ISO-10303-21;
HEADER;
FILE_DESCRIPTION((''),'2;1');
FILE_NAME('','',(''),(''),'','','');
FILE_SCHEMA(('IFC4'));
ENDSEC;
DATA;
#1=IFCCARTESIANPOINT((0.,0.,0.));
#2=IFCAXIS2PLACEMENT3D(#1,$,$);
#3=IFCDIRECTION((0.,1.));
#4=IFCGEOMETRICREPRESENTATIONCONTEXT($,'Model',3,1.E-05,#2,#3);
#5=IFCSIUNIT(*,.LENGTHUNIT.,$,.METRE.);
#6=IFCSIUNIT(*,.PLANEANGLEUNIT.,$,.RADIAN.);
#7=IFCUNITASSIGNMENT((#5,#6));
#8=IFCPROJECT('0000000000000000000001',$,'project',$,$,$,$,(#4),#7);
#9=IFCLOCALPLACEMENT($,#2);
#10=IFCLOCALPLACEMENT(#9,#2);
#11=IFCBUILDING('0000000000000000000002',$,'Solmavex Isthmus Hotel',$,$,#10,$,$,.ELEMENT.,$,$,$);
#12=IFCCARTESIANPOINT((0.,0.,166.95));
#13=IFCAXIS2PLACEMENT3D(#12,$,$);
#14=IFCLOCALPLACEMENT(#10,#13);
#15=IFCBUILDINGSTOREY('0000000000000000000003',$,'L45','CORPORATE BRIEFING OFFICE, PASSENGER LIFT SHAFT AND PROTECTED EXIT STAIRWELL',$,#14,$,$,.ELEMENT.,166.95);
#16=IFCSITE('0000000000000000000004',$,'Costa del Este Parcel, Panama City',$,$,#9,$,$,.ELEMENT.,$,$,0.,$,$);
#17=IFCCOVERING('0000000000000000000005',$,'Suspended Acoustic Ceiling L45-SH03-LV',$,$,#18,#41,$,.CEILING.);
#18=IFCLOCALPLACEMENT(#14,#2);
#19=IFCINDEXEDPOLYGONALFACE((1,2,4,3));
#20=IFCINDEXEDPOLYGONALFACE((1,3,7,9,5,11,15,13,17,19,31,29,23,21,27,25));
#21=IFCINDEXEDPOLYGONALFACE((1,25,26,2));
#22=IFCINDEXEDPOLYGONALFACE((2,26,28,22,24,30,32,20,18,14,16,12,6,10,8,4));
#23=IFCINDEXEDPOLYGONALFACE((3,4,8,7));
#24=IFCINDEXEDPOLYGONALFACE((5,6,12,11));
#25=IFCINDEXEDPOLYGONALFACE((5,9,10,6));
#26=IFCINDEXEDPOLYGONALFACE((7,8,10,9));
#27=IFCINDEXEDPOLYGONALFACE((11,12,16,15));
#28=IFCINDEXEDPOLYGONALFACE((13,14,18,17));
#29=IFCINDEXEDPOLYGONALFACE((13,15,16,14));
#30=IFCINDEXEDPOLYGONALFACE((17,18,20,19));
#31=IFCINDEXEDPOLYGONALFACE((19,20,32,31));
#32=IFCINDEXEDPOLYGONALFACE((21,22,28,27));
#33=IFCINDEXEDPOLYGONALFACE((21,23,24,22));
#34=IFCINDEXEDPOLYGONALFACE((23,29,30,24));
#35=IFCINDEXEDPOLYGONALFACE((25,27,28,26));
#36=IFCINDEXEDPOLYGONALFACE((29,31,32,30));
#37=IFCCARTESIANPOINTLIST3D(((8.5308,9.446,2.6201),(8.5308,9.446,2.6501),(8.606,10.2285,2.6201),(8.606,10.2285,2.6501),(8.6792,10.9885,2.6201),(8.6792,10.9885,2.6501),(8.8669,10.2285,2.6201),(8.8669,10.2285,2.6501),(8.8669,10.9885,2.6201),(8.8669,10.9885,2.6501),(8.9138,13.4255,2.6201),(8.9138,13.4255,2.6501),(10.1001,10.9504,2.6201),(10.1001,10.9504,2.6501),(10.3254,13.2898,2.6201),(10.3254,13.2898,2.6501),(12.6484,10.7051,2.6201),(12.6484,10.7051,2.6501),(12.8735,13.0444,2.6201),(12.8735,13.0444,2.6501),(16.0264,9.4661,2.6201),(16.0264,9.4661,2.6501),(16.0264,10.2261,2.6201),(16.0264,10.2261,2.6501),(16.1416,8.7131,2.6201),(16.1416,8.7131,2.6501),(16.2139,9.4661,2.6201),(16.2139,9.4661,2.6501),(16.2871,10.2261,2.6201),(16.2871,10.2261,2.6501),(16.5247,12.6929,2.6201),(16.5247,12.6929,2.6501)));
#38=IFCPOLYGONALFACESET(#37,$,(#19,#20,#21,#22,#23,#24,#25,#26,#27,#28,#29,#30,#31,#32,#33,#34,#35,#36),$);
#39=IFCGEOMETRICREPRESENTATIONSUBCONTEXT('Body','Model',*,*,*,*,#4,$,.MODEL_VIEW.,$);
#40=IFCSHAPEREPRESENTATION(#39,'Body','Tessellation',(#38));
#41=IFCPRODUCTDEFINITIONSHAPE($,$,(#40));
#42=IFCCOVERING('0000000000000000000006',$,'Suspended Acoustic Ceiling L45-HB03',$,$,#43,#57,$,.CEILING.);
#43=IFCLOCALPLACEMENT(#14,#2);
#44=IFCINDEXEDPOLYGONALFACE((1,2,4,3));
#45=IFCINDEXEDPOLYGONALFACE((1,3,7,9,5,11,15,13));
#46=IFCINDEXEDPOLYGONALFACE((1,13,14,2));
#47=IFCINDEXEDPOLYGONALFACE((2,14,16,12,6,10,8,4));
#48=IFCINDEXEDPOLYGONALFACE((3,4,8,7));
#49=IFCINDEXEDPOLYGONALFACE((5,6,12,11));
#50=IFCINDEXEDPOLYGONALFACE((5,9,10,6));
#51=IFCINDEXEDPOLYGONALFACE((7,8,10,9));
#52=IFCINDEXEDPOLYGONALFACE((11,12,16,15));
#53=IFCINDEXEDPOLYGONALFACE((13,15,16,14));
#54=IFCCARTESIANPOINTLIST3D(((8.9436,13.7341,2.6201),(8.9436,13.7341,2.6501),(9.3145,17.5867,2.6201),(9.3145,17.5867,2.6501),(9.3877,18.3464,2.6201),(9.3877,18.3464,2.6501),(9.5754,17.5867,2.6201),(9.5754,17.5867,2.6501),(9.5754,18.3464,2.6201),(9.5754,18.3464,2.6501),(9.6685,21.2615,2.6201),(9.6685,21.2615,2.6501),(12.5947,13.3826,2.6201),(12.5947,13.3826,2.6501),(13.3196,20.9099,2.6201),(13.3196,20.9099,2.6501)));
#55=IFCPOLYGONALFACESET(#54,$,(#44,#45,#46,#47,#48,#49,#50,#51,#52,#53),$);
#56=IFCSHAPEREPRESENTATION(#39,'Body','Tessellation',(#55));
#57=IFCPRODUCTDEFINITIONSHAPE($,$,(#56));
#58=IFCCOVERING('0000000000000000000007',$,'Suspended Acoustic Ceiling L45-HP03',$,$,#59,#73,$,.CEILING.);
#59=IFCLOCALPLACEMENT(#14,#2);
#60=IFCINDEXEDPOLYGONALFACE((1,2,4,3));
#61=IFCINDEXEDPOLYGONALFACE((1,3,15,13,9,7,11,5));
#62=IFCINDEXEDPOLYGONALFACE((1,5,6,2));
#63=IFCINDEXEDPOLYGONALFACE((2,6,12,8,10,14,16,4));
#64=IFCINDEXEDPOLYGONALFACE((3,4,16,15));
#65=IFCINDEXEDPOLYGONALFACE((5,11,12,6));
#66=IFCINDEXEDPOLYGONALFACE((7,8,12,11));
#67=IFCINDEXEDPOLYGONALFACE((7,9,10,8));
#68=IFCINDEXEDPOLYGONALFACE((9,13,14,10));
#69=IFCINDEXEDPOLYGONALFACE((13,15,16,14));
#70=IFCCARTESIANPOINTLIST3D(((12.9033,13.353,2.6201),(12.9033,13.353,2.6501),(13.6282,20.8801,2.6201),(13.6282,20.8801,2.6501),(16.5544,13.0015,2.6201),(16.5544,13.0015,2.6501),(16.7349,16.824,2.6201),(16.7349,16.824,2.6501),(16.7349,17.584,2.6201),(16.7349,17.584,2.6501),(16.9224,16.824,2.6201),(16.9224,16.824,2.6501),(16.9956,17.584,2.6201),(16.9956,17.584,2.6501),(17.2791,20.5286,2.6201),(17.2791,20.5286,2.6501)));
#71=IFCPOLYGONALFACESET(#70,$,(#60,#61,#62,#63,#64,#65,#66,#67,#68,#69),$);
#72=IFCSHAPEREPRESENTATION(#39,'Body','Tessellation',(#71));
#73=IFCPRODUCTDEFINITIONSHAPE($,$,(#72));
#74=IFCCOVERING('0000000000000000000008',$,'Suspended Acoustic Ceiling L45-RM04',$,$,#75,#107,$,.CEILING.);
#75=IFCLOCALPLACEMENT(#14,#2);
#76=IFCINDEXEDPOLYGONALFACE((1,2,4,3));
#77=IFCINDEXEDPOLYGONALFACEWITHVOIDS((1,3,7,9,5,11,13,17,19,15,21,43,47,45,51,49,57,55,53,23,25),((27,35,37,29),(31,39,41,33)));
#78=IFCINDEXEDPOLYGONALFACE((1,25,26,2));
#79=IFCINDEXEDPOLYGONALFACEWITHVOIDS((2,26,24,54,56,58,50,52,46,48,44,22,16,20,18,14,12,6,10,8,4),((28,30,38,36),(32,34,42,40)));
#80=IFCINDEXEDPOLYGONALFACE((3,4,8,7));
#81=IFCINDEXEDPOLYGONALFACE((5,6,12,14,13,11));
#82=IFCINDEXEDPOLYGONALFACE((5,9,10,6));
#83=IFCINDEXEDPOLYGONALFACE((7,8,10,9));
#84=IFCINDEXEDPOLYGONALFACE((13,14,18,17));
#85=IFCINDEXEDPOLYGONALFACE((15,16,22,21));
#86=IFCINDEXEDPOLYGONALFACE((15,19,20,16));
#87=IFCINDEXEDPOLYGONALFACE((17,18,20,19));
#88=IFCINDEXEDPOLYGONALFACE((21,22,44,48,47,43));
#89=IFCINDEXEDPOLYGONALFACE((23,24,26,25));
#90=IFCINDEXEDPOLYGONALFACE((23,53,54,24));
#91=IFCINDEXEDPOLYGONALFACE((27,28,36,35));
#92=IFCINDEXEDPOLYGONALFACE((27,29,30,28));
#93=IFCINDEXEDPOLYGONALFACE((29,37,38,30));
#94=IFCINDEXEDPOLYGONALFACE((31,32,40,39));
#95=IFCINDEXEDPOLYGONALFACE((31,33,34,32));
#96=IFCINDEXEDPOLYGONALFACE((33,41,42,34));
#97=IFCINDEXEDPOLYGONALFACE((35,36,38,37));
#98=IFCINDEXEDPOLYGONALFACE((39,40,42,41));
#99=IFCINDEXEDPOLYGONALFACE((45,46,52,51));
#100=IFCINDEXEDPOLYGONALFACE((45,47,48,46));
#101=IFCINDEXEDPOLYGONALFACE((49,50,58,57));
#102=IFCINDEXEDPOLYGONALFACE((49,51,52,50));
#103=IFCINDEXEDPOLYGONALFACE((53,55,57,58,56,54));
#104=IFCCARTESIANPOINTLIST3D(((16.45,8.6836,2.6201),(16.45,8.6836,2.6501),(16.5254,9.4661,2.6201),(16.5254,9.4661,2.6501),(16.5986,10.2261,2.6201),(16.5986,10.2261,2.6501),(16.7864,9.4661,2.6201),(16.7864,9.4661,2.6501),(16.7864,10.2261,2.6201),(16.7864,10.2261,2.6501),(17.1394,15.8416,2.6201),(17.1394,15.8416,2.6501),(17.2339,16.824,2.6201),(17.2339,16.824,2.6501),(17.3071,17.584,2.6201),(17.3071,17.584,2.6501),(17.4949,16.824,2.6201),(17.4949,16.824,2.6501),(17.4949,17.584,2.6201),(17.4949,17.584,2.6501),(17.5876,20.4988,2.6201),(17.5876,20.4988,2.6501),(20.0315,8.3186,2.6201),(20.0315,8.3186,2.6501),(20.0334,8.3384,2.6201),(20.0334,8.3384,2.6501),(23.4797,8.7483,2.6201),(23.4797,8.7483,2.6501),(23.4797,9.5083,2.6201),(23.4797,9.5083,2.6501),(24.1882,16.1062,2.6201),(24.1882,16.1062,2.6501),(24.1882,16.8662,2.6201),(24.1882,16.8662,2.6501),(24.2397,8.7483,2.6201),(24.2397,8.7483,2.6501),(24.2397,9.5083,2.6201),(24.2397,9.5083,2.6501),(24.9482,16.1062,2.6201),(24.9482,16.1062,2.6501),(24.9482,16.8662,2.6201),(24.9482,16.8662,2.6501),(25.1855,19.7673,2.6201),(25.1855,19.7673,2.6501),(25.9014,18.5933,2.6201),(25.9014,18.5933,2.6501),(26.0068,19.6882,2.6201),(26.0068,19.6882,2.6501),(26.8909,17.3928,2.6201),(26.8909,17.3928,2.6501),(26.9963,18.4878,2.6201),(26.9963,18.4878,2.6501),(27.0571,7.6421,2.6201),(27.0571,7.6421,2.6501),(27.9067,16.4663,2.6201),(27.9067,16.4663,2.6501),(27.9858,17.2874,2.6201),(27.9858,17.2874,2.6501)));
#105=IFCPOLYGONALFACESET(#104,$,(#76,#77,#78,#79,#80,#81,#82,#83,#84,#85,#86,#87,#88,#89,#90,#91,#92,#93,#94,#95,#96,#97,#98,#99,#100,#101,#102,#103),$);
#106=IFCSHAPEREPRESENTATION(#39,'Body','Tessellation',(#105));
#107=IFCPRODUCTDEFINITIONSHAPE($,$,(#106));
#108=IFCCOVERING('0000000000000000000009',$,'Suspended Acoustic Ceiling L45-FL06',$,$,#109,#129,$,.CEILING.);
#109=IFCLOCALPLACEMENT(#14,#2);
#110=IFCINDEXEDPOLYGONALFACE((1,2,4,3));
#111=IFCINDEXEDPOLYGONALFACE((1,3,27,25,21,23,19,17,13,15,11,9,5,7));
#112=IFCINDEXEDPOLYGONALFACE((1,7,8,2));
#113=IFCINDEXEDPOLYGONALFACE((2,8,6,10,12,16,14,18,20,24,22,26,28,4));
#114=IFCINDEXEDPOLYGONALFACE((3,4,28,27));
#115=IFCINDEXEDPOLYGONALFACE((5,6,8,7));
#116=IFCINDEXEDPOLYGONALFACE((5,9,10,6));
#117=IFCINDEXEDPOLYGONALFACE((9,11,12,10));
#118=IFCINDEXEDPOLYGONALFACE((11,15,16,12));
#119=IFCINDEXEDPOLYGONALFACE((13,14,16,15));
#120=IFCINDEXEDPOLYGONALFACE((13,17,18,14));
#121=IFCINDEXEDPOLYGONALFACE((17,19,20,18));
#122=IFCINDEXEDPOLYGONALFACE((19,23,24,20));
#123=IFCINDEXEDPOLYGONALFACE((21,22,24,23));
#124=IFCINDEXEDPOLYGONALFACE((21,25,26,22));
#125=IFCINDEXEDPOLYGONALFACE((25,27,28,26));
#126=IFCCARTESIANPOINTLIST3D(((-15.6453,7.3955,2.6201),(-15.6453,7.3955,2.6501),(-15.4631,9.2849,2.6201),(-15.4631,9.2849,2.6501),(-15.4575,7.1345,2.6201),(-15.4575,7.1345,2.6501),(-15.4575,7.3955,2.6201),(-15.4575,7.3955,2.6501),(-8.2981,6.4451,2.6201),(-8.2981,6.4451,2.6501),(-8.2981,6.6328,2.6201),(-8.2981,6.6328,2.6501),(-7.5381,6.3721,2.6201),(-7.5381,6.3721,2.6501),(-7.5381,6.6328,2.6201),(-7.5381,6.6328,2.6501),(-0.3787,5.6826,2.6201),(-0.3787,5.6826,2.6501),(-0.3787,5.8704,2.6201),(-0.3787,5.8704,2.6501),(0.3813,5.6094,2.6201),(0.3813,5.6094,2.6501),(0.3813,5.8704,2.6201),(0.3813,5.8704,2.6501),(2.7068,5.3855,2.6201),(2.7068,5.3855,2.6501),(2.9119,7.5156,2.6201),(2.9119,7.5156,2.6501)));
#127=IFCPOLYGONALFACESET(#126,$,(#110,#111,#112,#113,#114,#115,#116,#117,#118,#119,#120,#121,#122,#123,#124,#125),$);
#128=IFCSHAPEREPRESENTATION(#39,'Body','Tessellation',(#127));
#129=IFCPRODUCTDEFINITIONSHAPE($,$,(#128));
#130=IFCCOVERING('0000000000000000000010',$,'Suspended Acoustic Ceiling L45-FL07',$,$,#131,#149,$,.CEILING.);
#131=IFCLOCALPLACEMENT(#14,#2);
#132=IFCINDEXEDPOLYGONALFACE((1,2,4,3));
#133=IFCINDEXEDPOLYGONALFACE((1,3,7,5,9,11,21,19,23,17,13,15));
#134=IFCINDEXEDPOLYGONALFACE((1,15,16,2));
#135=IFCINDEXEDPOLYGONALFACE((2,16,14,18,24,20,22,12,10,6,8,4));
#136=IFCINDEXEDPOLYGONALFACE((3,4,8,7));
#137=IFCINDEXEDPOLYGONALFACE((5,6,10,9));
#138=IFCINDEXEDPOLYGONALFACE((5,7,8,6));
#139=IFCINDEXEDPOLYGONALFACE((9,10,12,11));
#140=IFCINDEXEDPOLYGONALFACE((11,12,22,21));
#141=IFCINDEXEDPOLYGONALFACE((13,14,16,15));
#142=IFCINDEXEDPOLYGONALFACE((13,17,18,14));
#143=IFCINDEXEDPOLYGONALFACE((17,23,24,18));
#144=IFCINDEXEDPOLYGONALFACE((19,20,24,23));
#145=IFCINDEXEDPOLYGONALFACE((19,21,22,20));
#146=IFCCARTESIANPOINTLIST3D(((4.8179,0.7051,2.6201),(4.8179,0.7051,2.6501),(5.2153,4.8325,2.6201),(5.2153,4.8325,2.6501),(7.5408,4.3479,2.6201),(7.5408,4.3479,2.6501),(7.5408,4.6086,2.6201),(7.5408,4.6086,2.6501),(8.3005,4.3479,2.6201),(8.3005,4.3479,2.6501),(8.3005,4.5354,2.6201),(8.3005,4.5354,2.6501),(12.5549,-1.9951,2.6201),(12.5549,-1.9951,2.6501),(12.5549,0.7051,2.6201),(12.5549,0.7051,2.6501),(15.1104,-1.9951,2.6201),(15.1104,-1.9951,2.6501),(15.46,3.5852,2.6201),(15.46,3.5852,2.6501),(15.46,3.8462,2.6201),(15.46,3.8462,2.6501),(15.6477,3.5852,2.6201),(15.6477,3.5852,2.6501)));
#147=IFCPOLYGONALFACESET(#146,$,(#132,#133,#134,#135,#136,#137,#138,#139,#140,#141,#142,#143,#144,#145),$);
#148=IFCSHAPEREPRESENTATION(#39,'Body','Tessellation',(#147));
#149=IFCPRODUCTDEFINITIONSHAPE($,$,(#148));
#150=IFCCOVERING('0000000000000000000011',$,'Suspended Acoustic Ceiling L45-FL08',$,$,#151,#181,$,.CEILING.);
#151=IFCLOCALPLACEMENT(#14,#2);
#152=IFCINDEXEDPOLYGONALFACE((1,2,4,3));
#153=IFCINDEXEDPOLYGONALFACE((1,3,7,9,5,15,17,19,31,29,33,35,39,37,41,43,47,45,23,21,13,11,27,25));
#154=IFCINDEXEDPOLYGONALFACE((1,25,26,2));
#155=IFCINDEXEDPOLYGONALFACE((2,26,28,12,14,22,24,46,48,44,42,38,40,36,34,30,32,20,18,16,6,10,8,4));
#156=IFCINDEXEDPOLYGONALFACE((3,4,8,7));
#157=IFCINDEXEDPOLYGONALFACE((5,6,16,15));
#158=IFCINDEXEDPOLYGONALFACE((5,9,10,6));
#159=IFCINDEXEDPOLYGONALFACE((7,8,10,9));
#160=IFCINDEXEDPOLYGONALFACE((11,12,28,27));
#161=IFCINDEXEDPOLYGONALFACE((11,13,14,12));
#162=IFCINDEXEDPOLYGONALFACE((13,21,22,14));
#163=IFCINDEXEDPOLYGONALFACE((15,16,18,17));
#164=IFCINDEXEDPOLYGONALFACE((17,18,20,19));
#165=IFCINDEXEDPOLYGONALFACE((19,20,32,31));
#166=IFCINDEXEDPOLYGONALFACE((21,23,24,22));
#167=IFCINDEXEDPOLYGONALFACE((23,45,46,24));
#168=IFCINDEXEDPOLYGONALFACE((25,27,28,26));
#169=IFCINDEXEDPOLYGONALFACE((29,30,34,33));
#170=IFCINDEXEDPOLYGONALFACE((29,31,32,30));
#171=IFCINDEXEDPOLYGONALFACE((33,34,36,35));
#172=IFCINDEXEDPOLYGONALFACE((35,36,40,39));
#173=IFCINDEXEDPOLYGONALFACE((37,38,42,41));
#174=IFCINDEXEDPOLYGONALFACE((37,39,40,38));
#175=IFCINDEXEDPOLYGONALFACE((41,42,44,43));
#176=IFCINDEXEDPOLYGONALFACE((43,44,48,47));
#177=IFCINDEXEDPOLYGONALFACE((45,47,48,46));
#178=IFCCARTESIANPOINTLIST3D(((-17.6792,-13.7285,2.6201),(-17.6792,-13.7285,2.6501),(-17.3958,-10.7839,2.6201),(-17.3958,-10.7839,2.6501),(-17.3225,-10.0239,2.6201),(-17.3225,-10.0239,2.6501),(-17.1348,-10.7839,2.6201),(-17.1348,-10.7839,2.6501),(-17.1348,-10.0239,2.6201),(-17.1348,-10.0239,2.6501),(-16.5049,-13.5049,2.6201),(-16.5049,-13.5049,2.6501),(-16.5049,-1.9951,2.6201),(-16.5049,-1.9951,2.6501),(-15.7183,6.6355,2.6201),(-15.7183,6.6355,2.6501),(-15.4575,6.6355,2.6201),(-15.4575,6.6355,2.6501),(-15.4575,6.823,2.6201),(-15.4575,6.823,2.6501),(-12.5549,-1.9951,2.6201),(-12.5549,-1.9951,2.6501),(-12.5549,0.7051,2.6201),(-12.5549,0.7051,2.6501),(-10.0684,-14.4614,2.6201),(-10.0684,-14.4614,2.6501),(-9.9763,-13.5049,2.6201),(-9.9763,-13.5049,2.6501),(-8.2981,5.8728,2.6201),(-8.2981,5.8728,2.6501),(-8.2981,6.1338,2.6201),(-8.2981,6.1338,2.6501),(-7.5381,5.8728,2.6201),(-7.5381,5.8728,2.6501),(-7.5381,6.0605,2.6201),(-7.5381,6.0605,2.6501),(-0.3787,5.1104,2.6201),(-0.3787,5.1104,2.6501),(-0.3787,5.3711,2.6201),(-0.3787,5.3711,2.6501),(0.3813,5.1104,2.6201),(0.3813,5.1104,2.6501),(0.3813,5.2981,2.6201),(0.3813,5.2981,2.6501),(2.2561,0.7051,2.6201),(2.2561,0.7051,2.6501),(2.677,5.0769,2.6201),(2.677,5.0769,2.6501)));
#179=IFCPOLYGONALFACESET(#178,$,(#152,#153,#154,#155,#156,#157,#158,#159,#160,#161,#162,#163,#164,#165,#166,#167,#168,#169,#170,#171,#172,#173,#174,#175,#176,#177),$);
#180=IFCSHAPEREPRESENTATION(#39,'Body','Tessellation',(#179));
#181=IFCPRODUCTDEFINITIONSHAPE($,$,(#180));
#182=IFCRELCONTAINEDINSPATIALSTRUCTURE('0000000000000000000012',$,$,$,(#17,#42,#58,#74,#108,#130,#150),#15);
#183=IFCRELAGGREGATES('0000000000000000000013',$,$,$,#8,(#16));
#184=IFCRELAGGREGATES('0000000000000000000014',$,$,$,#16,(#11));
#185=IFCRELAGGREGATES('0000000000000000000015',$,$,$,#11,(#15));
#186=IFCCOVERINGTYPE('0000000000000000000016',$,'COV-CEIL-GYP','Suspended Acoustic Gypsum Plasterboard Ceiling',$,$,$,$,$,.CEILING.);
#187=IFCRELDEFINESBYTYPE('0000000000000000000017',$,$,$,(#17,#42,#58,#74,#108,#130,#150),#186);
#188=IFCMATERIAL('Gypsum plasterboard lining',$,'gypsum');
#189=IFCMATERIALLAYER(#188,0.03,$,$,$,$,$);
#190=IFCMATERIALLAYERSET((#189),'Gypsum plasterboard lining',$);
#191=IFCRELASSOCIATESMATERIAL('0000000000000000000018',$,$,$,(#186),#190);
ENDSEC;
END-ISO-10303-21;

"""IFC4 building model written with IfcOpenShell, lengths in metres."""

from ifc_helpers import new_model, si_unit, direction, frame, origin, place, context, subcontext, project, spatial, polyline, outline, extrude, material, layer, layer_set, type_object, element, save


model = new_model("IFC4")

# Units and contexts
model_context = context("Model", 3, precision=1e-05, world=origin(), true_north=direction((0.0, 1.0)))
body_context = subcontext(model_context, "Body", "Model", "MODEL_VIEW")
ifc_project = project(units=[si_unit("LENGTHUNIT", "METRE"), si_unit("PLANEANGLEUNIT", "RADIAN")], contexts=[model_context])

# Site, building, storey
site_placement = place(None, origin())
site = spatial("IfcSite", under=ifc_project, at=site_placement, Name="Costa del Este Parcel, Panama City", CompositionType="ELEMENT", RefElevation=0.0)
building_placement = place(site_placement, origin())
building = spatial("IfcBuilding", under=site, at=building_placement, Name="Solmavex Isthmus Hotel", CompositionType="ELEMENT")
storey_placement = place(building_placement, frame((0.0, 0.0, 166.95)))
storey = spatial("IfcBuildingStorey", under=building, at=storey_placement, Name="L45", Description="CORPORATE BRIEFING OFFICE, PASSENGER LIFT SHAFT AND PROTECTED EXIT STAIRWELL", CompositionType="ELEMENT", Elevation=166.95)

# Shared definitions
ifc_material_1 = material(Name="Gypsum plasterboard lining", Category="gypsum")

# Coverings
ifc_layer_1 = layer(ifc_material_1, 0.03)
ifc_layer_set_1 = layer_set([ifc_layer_1], Name="Gypsum plasterboard lining")
covering_type_1 = type_object("IfcCoveringType", Name="COV-CEIL-GYP", Description="Suspended Acoustic Gypsum Plasterboard Ceiling", PredefinedType="CEILING", material=ifc_layer_set_1)
covering_1_placement = place(storey_placement, frame((0.0, 0.0, 2.6201)))
element("IfcCovering", 1, at=covering_1_placement, inside=storey, type_object=covering_type_1, Name="Suspended Acoustic Ceiling L45-SH03-LV", PredefinedType="CEILING", context=body_context, shape_type="SweptSolid", body=[
    extrude(outline(polyline([(12.8735, 13.0444), (12.6484, 10.7051), (10.1001, 10.9504), (10.3254, 13.2898), (8.9138, 13.4255), (8.6792, 10.9885), (8.8669, 10.9885), (8.8669, 10.2285), (8.606, 10.2285), (8.5308, 9.446), (16.1416, 8.7131), (16.2139, 9.4661), (16.0264, 9.4661), (16.0264, 10.2261), (16.2871, 10.2261), (16.5247, 12.6929), (12.8735, 13.0444)])), origin(), (0.0, 0.0, 1.0), 0.03),
])
covering_2_placement = place(storey_placement, frame((0.0, 0.0, 2.6201)))
element("IfcCovering", 2, at=covering_2_placement, inside=storey, type_object=covering_type_1, Name="Suspended Acoustic Ceiling L45-HB03", PredefinedType="CEILING", context=body_context, shape_type="SweptSolid", body=[
    extrude(outline(polyline([(9.3877, 18.3464), (9.5754, 18.3464), (9.5754, 17.5867), (9.3145, 17.5867), (8.9436, 13.7341), (12.5947, 13.3826), (13.3196, 20.9099), (9.6685, 21.2615), (9.3877, 18.3464)])), origin(), (0.0, 0.0, 1.0), 0.03),
])
covering_3_placement = place(storey_placement, frame((0.0, 0.0, 2.6201)))
element("IfcCovering", 3, at=covering_3_placement, inside=storey, type_object=covering_type_1, Name="Suspended Acoustic Ceiling L45-HP03", PredefinedType="CEILING", context=body_context, shape_type="SweptSolid", body=[
    extrude(outline(polyline([(16.9224, 16.824), (16.7349, 16.824), (16.7349, 17.584), (16.9956, 17.584), (17.2791, 20.5286), (13.6282, 20.8801), (12.9033, 13.353), (16.5544, 13.0015), (16.9224, 16.824)])), origin(), (0.0, 0.0, 1.0), 0.03),
])
covering_4_placement = place(storey_placement, frame((0.0, 0.0, 2.6201)))
element("IfcCovering", 4, at=covering_4_placement, inside=storey, type_object=covering_type_1, Name="Suspended Acoustic Ceiling L45-RM04", PredefinedType="CEILING", context=body_context, shape_type="SweptSolid", body=[
    extrude(outline(polyline([(17.3071, 17.584), (17.4949, 17.584), (17.4949, 16.824), (17.2339, 16.824), (17.1394, 15.8416), (16.5986, 10.2261), (16.7864, 10.2261), (16.7864, 9.4661), (16.5254, 9.4661), (16.45, 8.6836), (20.0334, 8.3384), (20.0315, 8.3186), (27.0571, 7.6421), (27.9067, 16.4663), (27.9858, 17.2874), (26.8909, 17.3928), (26.9963, 18.4878), (25.9014, 18.5933), (26.0068, 19.6882), (25.1855, 19.7673), (17.5876, 20.4988), (17.3071, 17.584)]), holes=[polyline([(24.1882, 16.1062), (24.1882, 16.8662), (24.9482, 16.8662), (24.9482, 16.1062), (24.1882, 16.1062)]), polyline([(23.4797, 8.7483), (23.4797, 9.5083), (24.2397, 9.5083), (24.2397, 8.7483), (23.4797, 8.7483)])]), origin(), (0.0, 0.0, 1.0), 0.03),
])
covering_5_placement = place(storey_placement, frame((0.0, 0.0, 2.6201)))
element("IfcCovering", 5, at=covering_5_placement, inside=storey, type_object=covering_type_1, Name="Suspended Acoustic Ceiling L45-FL06", PredefinedType="CEILING", context=body_context, shape_type="SweptSolid", body=[
    extrude(outline(polyline([(-0.3787, 5.6826), (-0.3787, 5.8704), (0.3813, 5.8704), (0.3813, 5.6094), (2.7068, 5.3855), (2.9119, 7.5156), (-15.4631, 9.2849), (-15.6453, 7.3955), (-15.4575, 7.3955), (-15.4575, 7.1345), (-8.2981, 6.4451), (-8.2981, 6.6328), (-7.5381, 6.6328), (-7.5381, 6.3721), (-0.3787, 5.6826)])), origin(), (0.0, 0.0, 1.0), 0.03),
])
covering_6_placement = place(storey_placement, frame((0.0, 0.0, 2.6201)))
element("IfcCovering", 6, at=covering_6_placement, inside=storey, type_object=covering_type_1, Name="Suspended Acoustic Ceiling L45-FL07", PredefinedType="CEILING", context=body_context, shape_type="SweptSolid", body=[
    extrude(outline(polyline([(8.3005, 4.5354), (8.3005, 4.3479), (7.5408, 4.3479), (7.5408, 4.6086), (5.2153, 4.8325), (4.8179, 0.7051), (12.5549, 0.7051), (12.5549, -1.9951), (15.1104, -1.9951), (15.6477, 3.5852), (15.46, 3.5852), (15.46, 3.8462), (8.3005, 4.5354)])), origin(), (0.0, 0.0, 1.0), 0.03),
])
covering_7_placement = place(storey_placement, frame((0.0, 0.0, 2.6201)))
element("IfcCovering", 7, at=covering_7_placement, inside=storey, type_object=covering_type_1, Name="Suspended Acoustic Ceiling L45-FL08", PredefinedType="CEILING", context=body_context, shape_type="SweptSolid", body=[
    extrude(outline(polyline([(-17.3225, -10.0239), (-17.1348, -10.0239), (-17.1348, -10.7839), (-17.3958, -10.7839), (-17.6792, -13.7285), (-10.0684, -14.4614), (-9.9763, -13.5049), (-16.5049, -13.5049), (-16.5049, -1.9951), (-12.5549, -1.9951), (-12.5549, 0.7051), (2.2561, 0.7051), (2.677, 5.0769), (0.3813, 5.2981), (0.3813, 5.1104), (-0.3787, 5.1104), (-0.3787, 5.3711), (-7.5381, 6.0605), (-7.5381, 5.8728), (-8.2981, 5.8728), (-8.2981, 6.1338), (-15.4575, 6.823), (-15.4575, 6.6355), (-15.7183, 6.6355), (-17.3225, -10.0239)])), origin(), (0.0, 0.0, 1.0), 0.03),
])

save(model, "model.ifc")
